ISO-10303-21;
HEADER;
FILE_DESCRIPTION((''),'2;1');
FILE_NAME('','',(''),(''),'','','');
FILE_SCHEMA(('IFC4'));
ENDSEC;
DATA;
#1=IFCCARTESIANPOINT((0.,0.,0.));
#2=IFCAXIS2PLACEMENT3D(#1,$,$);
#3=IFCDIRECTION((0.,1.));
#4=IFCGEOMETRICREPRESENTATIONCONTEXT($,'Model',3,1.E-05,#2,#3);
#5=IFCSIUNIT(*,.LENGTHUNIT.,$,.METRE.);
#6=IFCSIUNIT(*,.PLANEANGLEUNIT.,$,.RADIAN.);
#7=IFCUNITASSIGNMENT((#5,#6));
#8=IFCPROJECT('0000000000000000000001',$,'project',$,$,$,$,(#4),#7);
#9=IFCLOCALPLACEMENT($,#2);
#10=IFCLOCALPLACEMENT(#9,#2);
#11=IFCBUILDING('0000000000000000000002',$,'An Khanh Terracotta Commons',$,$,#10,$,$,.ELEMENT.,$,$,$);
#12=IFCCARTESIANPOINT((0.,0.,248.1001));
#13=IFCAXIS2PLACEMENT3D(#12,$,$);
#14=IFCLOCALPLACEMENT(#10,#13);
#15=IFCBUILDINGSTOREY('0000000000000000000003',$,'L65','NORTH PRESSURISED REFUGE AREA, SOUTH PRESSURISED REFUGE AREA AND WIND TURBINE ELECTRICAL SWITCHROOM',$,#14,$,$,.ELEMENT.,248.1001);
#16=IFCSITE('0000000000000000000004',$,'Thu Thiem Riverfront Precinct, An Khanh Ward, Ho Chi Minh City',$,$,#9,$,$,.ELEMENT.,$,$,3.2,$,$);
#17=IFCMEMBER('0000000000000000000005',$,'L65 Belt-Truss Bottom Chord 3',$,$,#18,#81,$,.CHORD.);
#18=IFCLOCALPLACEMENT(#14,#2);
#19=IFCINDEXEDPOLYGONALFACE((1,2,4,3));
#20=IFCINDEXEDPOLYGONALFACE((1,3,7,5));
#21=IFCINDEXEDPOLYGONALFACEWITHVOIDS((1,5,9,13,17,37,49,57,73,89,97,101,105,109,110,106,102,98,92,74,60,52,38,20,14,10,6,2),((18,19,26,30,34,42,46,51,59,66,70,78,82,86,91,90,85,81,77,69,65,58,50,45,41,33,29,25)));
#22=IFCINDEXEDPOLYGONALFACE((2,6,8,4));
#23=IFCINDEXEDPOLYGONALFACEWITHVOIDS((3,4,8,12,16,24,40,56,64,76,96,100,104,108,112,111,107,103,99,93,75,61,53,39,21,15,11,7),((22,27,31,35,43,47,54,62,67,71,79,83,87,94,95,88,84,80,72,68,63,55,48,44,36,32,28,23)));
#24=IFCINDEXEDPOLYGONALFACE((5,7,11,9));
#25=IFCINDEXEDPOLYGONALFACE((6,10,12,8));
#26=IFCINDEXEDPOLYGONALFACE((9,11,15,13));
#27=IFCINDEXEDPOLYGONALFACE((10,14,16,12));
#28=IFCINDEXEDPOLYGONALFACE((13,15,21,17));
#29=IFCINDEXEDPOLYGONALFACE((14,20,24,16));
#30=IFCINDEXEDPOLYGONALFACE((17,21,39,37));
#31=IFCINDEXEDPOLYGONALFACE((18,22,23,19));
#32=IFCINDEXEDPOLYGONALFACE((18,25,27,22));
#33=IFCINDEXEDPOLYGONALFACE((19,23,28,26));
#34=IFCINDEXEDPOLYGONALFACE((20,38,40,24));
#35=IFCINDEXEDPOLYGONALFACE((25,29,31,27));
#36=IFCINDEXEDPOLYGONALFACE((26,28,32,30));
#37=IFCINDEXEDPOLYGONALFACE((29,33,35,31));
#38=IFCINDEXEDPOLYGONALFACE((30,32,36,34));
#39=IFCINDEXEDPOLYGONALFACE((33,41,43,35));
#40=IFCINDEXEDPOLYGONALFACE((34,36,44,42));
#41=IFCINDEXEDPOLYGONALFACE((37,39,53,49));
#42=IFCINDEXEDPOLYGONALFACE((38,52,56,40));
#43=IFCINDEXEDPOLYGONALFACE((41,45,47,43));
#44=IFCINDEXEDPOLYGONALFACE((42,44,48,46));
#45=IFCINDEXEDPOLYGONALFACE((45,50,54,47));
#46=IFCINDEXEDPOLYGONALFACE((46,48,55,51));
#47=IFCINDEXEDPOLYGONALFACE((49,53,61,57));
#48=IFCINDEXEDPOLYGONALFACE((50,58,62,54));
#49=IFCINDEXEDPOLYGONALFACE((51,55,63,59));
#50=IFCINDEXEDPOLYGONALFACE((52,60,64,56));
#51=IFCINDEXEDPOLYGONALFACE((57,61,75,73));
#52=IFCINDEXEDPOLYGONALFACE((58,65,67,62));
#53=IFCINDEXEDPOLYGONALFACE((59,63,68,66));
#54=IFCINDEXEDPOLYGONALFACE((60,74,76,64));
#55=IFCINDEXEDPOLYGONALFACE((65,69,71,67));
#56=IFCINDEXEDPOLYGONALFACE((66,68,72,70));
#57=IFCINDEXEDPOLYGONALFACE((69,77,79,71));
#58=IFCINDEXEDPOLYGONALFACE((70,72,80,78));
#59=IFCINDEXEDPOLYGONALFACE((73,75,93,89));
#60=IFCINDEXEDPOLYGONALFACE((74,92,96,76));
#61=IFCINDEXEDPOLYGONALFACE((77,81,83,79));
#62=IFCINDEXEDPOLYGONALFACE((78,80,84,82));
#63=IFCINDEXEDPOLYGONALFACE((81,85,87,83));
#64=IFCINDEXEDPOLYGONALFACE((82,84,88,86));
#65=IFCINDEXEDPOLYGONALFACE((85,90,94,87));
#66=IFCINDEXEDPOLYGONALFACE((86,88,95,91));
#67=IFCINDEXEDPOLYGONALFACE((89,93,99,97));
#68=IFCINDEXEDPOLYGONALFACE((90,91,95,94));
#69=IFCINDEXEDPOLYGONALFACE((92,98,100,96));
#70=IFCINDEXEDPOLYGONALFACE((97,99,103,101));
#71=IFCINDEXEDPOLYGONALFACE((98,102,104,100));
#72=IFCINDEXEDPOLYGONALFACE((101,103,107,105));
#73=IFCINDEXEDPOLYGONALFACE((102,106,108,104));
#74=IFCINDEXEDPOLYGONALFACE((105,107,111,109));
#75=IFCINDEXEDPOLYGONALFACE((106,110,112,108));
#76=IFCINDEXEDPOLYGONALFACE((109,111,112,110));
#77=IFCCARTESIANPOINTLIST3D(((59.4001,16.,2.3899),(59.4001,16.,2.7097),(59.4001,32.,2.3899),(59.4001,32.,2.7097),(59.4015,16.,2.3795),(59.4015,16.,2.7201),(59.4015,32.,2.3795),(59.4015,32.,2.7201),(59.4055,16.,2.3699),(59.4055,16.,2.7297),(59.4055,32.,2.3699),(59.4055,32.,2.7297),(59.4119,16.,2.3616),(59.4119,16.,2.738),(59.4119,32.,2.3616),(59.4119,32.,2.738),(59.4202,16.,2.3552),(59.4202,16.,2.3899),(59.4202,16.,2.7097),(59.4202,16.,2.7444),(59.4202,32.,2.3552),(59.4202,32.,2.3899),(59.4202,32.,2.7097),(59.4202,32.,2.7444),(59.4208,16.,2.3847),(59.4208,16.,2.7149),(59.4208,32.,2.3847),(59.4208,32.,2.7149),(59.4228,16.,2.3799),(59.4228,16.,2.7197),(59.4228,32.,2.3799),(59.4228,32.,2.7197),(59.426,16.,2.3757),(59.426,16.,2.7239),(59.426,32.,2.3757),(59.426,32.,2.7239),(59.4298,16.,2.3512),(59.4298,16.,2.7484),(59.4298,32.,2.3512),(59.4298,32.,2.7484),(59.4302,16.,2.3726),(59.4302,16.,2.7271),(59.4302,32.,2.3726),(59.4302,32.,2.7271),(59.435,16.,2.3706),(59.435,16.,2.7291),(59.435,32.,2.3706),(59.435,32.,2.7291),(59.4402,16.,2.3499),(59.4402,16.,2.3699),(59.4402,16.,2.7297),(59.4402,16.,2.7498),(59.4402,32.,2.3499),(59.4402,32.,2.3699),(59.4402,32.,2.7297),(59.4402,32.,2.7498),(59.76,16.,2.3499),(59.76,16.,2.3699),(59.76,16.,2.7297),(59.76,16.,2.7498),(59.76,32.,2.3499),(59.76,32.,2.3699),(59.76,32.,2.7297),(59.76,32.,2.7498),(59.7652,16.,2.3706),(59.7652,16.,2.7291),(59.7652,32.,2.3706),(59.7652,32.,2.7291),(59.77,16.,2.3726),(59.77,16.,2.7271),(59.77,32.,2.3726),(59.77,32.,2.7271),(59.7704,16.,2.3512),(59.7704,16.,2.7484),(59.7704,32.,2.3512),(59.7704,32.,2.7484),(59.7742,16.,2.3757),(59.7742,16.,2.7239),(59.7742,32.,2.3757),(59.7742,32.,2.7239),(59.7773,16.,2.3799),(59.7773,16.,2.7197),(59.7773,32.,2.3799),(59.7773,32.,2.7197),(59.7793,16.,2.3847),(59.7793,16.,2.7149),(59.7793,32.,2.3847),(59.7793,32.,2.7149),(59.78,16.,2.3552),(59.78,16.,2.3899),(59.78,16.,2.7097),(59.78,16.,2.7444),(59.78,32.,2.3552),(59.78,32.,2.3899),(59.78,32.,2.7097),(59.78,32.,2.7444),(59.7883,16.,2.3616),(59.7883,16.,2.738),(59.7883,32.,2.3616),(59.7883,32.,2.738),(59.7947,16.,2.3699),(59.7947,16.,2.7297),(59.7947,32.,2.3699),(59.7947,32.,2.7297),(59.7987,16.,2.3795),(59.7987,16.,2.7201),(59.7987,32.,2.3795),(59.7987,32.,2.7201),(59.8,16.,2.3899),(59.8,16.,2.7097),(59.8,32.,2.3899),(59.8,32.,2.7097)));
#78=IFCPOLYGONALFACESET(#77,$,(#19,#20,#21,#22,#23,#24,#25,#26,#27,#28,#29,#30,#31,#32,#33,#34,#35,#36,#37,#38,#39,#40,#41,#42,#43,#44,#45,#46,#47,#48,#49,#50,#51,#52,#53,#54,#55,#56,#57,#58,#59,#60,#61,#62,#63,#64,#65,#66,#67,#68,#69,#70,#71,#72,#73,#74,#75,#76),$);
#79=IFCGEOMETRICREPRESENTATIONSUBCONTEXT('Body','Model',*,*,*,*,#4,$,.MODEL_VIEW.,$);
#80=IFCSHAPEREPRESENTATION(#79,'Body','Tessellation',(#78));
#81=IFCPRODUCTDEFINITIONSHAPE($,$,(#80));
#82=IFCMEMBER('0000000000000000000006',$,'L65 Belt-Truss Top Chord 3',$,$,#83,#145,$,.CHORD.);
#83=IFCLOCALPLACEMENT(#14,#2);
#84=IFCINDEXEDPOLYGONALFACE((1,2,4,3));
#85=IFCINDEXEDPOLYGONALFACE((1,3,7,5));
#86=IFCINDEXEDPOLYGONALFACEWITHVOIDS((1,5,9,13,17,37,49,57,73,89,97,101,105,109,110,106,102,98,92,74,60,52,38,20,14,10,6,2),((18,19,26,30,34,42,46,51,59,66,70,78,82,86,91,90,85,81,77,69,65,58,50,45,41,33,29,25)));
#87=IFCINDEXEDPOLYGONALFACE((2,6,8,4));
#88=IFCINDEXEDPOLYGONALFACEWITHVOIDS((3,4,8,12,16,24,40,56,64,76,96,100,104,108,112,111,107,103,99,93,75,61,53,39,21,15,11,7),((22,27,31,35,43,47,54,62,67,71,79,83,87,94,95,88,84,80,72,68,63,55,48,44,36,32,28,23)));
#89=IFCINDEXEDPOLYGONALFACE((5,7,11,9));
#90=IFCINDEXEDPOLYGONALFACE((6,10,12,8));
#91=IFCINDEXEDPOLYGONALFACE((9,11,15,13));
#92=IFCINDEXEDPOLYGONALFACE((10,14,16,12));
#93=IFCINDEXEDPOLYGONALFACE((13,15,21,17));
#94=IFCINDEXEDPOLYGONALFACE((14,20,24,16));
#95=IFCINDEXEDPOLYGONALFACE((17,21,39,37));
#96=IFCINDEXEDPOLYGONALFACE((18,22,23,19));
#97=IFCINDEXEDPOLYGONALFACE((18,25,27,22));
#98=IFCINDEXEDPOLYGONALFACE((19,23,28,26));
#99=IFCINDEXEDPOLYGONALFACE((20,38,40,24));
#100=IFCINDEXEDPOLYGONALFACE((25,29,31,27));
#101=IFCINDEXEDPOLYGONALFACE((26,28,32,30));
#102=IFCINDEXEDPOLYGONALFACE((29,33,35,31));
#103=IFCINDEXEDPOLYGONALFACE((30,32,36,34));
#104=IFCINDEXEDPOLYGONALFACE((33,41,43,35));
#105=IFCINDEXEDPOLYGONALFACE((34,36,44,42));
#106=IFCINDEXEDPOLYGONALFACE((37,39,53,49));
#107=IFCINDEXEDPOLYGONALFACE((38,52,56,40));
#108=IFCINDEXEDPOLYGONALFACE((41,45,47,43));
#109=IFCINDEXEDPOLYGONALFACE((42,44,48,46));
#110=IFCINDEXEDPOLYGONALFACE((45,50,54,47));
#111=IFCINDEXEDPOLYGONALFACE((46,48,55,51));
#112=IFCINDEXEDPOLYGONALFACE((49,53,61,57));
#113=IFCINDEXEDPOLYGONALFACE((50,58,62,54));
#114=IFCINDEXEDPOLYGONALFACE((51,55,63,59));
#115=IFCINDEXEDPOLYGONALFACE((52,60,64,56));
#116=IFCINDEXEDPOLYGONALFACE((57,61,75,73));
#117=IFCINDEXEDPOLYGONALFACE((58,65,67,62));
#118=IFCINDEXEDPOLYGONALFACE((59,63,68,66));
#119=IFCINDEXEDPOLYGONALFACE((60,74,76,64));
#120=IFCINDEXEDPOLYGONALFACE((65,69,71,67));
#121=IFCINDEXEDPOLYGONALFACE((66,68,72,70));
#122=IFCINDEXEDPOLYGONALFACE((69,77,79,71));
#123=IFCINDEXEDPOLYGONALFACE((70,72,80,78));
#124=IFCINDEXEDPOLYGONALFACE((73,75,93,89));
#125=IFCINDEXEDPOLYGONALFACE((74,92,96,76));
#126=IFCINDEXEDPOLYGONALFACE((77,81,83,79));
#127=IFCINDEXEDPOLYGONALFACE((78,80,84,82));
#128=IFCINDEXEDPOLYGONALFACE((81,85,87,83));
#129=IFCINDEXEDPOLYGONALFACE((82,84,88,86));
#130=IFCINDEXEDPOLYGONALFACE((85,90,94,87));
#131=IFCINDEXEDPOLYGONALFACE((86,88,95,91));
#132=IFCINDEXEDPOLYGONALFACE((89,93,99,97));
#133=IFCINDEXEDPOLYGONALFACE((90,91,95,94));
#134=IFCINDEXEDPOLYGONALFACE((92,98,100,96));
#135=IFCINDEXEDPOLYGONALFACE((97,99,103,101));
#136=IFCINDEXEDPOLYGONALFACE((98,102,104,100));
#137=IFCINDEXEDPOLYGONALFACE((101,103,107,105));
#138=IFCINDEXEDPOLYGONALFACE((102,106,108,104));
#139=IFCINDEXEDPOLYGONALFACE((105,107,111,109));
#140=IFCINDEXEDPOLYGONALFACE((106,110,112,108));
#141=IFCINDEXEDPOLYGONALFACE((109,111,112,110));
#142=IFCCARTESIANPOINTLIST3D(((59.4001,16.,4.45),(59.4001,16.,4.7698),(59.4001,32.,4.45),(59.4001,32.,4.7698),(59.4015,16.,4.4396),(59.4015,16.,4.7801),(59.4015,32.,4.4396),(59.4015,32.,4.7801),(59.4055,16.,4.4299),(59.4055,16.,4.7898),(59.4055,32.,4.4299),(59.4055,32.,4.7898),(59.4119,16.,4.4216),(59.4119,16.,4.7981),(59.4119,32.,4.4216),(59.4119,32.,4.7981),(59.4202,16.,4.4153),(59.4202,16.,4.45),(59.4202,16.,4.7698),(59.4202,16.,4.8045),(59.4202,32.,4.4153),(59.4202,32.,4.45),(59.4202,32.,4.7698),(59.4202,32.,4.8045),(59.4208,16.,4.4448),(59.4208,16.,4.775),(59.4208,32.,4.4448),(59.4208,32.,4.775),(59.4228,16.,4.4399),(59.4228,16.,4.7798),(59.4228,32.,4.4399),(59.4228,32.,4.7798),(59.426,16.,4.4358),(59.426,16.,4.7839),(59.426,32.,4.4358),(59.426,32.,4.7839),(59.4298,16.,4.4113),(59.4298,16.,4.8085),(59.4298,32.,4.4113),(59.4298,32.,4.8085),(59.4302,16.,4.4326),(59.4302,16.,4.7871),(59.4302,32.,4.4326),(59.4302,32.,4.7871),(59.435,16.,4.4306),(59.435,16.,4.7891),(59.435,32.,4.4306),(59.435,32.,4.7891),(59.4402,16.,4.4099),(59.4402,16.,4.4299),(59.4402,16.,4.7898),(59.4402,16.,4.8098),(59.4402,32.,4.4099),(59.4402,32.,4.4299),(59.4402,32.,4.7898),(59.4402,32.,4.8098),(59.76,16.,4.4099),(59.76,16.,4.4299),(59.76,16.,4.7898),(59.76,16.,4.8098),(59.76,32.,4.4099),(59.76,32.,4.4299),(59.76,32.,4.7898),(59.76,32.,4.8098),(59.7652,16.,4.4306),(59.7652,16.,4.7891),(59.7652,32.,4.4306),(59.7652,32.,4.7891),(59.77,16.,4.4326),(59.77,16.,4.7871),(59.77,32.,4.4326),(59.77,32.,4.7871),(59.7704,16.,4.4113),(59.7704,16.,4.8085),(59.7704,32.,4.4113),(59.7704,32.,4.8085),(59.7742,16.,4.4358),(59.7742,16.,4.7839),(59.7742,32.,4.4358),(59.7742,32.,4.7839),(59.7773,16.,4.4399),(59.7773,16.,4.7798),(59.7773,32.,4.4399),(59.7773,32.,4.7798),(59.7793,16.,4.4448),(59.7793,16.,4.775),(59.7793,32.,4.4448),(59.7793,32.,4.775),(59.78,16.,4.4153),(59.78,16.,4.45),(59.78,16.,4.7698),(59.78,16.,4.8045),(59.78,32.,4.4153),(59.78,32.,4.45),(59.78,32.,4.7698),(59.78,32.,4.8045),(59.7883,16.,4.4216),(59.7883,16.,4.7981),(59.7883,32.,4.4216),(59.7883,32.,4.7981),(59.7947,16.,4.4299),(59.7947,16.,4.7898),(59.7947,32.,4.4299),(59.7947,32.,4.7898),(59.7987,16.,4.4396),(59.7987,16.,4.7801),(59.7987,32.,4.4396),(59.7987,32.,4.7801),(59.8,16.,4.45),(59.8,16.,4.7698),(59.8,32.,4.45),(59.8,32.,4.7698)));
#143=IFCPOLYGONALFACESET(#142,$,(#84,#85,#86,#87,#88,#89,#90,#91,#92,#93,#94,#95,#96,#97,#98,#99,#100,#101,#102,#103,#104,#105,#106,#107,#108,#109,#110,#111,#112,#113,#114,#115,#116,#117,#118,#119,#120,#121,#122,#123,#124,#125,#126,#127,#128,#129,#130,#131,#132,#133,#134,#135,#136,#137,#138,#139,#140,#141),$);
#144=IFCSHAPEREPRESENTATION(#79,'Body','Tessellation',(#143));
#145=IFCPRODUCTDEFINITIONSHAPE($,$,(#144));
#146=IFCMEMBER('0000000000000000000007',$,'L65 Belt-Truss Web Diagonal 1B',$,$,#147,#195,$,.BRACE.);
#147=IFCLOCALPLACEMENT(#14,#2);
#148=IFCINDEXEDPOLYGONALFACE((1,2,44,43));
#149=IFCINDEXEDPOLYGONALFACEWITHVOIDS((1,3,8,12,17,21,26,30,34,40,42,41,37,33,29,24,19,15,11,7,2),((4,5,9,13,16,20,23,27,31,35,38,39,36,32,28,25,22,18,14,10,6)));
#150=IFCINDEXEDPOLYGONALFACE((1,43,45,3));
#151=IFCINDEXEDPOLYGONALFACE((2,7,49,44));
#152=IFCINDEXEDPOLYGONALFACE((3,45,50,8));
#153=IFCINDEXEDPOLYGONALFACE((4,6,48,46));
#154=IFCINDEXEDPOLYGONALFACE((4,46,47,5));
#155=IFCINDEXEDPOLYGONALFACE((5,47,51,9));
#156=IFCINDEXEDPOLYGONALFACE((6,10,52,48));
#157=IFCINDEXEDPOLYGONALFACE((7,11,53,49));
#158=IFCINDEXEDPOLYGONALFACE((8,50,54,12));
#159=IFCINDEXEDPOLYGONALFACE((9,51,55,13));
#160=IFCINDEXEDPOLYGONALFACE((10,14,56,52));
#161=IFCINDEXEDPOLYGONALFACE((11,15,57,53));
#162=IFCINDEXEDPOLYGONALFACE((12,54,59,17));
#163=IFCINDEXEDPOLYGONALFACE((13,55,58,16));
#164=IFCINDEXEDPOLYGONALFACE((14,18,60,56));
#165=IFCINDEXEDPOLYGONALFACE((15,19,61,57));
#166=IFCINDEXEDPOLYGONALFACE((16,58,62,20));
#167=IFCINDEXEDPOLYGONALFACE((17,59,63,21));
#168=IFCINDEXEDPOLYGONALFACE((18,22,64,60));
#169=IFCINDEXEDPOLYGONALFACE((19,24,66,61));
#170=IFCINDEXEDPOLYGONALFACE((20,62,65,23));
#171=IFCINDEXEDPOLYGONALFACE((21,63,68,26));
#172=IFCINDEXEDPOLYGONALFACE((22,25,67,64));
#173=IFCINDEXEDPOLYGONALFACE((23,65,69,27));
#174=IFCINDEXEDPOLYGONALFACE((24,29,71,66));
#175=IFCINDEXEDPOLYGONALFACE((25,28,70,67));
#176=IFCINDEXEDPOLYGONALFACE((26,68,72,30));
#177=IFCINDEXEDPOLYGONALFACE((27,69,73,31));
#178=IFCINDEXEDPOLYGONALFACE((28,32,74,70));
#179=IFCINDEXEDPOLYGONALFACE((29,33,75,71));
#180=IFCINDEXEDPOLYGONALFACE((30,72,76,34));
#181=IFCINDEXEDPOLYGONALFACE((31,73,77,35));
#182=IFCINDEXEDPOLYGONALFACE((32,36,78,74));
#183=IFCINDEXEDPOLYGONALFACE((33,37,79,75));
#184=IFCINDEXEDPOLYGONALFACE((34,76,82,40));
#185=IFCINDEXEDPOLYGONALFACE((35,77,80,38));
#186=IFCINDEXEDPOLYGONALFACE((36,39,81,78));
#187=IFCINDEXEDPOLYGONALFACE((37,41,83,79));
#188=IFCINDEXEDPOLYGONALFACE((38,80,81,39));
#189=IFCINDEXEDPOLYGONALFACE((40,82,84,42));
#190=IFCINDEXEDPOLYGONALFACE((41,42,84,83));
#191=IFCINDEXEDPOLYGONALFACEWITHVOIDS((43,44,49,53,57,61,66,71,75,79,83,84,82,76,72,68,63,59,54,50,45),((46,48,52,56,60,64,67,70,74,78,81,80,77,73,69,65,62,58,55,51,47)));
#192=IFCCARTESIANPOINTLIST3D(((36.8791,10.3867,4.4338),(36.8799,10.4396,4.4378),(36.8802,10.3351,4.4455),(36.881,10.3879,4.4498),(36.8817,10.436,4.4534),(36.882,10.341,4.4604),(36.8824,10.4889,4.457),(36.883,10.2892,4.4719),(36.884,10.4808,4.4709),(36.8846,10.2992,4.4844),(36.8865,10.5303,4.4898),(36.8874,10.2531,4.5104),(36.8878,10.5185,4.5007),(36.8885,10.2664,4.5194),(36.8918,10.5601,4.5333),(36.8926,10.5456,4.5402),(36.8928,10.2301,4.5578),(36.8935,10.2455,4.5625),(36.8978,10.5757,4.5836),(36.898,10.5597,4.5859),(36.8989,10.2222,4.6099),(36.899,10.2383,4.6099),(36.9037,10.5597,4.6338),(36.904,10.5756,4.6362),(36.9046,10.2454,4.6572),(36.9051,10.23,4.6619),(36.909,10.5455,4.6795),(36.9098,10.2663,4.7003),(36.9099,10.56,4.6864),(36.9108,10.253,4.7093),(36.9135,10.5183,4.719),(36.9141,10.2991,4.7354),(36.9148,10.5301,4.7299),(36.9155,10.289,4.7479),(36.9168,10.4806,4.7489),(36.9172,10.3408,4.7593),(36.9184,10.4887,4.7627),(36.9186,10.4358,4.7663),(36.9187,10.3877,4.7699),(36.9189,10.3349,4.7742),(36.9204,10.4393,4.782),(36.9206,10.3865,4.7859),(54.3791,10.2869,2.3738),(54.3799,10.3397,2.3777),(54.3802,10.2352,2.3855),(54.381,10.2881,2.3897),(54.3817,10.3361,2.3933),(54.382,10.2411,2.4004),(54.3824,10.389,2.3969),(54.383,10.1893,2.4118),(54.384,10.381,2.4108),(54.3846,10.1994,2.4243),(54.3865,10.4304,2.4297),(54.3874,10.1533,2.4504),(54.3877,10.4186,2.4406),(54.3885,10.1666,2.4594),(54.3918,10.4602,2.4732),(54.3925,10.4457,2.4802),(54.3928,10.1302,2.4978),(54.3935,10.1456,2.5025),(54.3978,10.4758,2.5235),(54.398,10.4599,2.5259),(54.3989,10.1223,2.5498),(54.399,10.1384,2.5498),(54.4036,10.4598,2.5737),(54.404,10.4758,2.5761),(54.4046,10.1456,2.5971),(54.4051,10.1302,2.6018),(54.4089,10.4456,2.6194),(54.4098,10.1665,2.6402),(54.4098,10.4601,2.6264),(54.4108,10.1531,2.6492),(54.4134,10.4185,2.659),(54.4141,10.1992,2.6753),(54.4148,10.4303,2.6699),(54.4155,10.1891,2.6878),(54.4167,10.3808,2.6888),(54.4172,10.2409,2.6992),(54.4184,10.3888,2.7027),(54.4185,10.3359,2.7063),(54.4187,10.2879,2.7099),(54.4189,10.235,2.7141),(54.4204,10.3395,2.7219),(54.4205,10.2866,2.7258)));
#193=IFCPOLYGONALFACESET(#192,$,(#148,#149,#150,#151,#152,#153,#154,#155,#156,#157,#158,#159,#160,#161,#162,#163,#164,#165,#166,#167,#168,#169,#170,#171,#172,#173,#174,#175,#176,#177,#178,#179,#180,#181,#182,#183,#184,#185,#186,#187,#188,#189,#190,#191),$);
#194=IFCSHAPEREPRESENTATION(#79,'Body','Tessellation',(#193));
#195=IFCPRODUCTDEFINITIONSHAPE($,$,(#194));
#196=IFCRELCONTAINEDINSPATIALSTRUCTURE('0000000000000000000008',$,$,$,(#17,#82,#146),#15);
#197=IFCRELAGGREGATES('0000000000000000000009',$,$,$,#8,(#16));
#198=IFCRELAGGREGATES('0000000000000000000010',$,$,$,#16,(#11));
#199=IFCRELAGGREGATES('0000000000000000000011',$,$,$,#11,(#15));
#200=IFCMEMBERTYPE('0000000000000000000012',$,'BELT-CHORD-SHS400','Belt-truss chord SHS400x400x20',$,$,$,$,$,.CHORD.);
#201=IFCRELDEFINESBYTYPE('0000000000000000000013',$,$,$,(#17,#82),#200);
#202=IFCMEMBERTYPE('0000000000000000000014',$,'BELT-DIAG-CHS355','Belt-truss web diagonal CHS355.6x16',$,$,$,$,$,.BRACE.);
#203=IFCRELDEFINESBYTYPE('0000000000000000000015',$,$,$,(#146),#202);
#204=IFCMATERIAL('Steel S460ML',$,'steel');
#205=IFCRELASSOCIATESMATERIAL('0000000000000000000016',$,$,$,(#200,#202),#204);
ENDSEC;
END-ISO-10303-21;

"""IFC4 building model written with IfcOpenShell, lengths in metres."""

from ifc_helpers import new_model, si_unit, direction, frame, origin, origin_2d, place, context, subcontext, project, spatial, hollow_rectangle, hollow_circle, extrude, material, material_profile, profile_set, type_object, element, save


model = new_model("IFC4")

# Units and contexts
model_context = context("Model", 3, precision=1e-05, world=origin(), true_north=direction((0.0, 1.0)))
body_context = subcontext(model_context, "Body", "Model", "MODEL_VIEW")
ifc_project = project(units=[si_unit("LENGTHUNIT", "METRE"), si_unit("PLANEANGLEUNIT", "RADIAN")], contexts=[model_context])

# Site, building, storey
site_placement = place(None, origin())
site = spatial("IfcSite", under=ifc_project, at=site_placement, Name="Thu Thiem Riverfront Precinct, An Khanh Ward, Ho Chi Minh City", CompositionType="ELEMENT", RefElevation=3.2)
building_placement = place(site_placement, origin())
building = spatial("IfcBuilding", under=site, at=building_placement, Name="An Khanh Terracotta Commons", CompositionType="ELEMENT")
storey_placement = place(building_placement, frame((0.0, 0.0, 248.1001)))
storey = spatial("IfcBuildingStorey", under=building, at=storey_placement, Name="L65", Description="NORTH PRESSURISED REFUGE AREA, SOUTH PRESSURISED REFUGE AREA AND WIND TURBINE ELECTRICAL SWITCHROOM", CompositionType="ELEMENT", Elevation=248.1001)

# Shared definitions
ifc_material_1 = material(Name="Steel S460ML", Category="steel")

# Members
ifc_material_profile_1 = material_profile(ifc_material_1, hollow_rectangle(XDim=0.3999, YDim=0.3999, WallThickness=0.02, InnerFilletRadius=0.02, OuterFilletRadius=0.04, at=origin_2d()), Name="SHS400x400x20")
ifc_profile_set_1 = profile_set([ifc_material_profile_1], Name="Steel S460ML")
member_type_1 = type_object("IfcMemberType", Name="BELT-CHORD-SHS400", Description="Belt-truss chord SHS400x400x20", PredefinedType="CHORD", material=ifc_profile_set_1)
for number, where, z_axis, x_axis, name in (
    (1, (59.6001, 16.0, 2.5498), (0.0, 1.0, 0.0), (-1.0, 0.0, 0.0), "L65 Belt-Truss Bottom Chord 3"),
    (2, (59.6001, 16.0, 4.6099), (0.0, 1.0, 0.0), (-1.0, 0.0, 0.0), "L65 Belt-Truss Top Chord 3"),
):
    element("IfcMember", number, at=place(storey_placement, frame(where, z_axis=z_axis, x_axis=x_axis)), inside=storey, type_object=member_type_1, Name=name, PredefinedType="CHORD", context=body_context, shape_type="SweptSolid", body=[
        extrude(hollow_rectangle(XDim=0.3999, YDim=0.3999, WallThickness=0.02, InnerFilletRadius=0.02, OuterFilletRadius=0.04, at=origin_2d()), origin(), (0.0, 0.0, 1.0), 16.0),
    ])
ifc_material_profile_2 = material_profile(ifc_material_1, hollow_circle(Radius=0.1777, WallThickness=0.0161, at=origin_2d()), Name="CHS355.6x16")
ifc_profile_set_2 = profile_set([ifc_material_profile_2], Name="Steel S460ML")
member_type_2 = type_object("IfcMemberType", Name="BELT-DIAG-CHS355", Description="Belt-truss web diagonal CHS355.6x16", PredefinedType="BRACE", material=ifc_profile_set_2)
member_1_placement = place(storey_placement, frame((54.3999, 10.3, 2.5498), z_axis=(-0.993127, 0.005667, 0.116909), x_axis=(-0.005706, -0.999984, 0.0)))
element("IfcMember", 3, at=member_1_placement, inside=storey, type_object=member_type_2, Name="L65 Belt-Truss Web Diagonal 1B", PredefinedType="BRACE", context=body_context, shape_type="SweptSolid", body=[
    extrude(hollow_circle(Radius=0.1777, WallThickness=0.0161, at=origin_2d()), origin(), (0.0, 0.0, 1.0), 17.6211),
])

save(model, "model.ifc")
